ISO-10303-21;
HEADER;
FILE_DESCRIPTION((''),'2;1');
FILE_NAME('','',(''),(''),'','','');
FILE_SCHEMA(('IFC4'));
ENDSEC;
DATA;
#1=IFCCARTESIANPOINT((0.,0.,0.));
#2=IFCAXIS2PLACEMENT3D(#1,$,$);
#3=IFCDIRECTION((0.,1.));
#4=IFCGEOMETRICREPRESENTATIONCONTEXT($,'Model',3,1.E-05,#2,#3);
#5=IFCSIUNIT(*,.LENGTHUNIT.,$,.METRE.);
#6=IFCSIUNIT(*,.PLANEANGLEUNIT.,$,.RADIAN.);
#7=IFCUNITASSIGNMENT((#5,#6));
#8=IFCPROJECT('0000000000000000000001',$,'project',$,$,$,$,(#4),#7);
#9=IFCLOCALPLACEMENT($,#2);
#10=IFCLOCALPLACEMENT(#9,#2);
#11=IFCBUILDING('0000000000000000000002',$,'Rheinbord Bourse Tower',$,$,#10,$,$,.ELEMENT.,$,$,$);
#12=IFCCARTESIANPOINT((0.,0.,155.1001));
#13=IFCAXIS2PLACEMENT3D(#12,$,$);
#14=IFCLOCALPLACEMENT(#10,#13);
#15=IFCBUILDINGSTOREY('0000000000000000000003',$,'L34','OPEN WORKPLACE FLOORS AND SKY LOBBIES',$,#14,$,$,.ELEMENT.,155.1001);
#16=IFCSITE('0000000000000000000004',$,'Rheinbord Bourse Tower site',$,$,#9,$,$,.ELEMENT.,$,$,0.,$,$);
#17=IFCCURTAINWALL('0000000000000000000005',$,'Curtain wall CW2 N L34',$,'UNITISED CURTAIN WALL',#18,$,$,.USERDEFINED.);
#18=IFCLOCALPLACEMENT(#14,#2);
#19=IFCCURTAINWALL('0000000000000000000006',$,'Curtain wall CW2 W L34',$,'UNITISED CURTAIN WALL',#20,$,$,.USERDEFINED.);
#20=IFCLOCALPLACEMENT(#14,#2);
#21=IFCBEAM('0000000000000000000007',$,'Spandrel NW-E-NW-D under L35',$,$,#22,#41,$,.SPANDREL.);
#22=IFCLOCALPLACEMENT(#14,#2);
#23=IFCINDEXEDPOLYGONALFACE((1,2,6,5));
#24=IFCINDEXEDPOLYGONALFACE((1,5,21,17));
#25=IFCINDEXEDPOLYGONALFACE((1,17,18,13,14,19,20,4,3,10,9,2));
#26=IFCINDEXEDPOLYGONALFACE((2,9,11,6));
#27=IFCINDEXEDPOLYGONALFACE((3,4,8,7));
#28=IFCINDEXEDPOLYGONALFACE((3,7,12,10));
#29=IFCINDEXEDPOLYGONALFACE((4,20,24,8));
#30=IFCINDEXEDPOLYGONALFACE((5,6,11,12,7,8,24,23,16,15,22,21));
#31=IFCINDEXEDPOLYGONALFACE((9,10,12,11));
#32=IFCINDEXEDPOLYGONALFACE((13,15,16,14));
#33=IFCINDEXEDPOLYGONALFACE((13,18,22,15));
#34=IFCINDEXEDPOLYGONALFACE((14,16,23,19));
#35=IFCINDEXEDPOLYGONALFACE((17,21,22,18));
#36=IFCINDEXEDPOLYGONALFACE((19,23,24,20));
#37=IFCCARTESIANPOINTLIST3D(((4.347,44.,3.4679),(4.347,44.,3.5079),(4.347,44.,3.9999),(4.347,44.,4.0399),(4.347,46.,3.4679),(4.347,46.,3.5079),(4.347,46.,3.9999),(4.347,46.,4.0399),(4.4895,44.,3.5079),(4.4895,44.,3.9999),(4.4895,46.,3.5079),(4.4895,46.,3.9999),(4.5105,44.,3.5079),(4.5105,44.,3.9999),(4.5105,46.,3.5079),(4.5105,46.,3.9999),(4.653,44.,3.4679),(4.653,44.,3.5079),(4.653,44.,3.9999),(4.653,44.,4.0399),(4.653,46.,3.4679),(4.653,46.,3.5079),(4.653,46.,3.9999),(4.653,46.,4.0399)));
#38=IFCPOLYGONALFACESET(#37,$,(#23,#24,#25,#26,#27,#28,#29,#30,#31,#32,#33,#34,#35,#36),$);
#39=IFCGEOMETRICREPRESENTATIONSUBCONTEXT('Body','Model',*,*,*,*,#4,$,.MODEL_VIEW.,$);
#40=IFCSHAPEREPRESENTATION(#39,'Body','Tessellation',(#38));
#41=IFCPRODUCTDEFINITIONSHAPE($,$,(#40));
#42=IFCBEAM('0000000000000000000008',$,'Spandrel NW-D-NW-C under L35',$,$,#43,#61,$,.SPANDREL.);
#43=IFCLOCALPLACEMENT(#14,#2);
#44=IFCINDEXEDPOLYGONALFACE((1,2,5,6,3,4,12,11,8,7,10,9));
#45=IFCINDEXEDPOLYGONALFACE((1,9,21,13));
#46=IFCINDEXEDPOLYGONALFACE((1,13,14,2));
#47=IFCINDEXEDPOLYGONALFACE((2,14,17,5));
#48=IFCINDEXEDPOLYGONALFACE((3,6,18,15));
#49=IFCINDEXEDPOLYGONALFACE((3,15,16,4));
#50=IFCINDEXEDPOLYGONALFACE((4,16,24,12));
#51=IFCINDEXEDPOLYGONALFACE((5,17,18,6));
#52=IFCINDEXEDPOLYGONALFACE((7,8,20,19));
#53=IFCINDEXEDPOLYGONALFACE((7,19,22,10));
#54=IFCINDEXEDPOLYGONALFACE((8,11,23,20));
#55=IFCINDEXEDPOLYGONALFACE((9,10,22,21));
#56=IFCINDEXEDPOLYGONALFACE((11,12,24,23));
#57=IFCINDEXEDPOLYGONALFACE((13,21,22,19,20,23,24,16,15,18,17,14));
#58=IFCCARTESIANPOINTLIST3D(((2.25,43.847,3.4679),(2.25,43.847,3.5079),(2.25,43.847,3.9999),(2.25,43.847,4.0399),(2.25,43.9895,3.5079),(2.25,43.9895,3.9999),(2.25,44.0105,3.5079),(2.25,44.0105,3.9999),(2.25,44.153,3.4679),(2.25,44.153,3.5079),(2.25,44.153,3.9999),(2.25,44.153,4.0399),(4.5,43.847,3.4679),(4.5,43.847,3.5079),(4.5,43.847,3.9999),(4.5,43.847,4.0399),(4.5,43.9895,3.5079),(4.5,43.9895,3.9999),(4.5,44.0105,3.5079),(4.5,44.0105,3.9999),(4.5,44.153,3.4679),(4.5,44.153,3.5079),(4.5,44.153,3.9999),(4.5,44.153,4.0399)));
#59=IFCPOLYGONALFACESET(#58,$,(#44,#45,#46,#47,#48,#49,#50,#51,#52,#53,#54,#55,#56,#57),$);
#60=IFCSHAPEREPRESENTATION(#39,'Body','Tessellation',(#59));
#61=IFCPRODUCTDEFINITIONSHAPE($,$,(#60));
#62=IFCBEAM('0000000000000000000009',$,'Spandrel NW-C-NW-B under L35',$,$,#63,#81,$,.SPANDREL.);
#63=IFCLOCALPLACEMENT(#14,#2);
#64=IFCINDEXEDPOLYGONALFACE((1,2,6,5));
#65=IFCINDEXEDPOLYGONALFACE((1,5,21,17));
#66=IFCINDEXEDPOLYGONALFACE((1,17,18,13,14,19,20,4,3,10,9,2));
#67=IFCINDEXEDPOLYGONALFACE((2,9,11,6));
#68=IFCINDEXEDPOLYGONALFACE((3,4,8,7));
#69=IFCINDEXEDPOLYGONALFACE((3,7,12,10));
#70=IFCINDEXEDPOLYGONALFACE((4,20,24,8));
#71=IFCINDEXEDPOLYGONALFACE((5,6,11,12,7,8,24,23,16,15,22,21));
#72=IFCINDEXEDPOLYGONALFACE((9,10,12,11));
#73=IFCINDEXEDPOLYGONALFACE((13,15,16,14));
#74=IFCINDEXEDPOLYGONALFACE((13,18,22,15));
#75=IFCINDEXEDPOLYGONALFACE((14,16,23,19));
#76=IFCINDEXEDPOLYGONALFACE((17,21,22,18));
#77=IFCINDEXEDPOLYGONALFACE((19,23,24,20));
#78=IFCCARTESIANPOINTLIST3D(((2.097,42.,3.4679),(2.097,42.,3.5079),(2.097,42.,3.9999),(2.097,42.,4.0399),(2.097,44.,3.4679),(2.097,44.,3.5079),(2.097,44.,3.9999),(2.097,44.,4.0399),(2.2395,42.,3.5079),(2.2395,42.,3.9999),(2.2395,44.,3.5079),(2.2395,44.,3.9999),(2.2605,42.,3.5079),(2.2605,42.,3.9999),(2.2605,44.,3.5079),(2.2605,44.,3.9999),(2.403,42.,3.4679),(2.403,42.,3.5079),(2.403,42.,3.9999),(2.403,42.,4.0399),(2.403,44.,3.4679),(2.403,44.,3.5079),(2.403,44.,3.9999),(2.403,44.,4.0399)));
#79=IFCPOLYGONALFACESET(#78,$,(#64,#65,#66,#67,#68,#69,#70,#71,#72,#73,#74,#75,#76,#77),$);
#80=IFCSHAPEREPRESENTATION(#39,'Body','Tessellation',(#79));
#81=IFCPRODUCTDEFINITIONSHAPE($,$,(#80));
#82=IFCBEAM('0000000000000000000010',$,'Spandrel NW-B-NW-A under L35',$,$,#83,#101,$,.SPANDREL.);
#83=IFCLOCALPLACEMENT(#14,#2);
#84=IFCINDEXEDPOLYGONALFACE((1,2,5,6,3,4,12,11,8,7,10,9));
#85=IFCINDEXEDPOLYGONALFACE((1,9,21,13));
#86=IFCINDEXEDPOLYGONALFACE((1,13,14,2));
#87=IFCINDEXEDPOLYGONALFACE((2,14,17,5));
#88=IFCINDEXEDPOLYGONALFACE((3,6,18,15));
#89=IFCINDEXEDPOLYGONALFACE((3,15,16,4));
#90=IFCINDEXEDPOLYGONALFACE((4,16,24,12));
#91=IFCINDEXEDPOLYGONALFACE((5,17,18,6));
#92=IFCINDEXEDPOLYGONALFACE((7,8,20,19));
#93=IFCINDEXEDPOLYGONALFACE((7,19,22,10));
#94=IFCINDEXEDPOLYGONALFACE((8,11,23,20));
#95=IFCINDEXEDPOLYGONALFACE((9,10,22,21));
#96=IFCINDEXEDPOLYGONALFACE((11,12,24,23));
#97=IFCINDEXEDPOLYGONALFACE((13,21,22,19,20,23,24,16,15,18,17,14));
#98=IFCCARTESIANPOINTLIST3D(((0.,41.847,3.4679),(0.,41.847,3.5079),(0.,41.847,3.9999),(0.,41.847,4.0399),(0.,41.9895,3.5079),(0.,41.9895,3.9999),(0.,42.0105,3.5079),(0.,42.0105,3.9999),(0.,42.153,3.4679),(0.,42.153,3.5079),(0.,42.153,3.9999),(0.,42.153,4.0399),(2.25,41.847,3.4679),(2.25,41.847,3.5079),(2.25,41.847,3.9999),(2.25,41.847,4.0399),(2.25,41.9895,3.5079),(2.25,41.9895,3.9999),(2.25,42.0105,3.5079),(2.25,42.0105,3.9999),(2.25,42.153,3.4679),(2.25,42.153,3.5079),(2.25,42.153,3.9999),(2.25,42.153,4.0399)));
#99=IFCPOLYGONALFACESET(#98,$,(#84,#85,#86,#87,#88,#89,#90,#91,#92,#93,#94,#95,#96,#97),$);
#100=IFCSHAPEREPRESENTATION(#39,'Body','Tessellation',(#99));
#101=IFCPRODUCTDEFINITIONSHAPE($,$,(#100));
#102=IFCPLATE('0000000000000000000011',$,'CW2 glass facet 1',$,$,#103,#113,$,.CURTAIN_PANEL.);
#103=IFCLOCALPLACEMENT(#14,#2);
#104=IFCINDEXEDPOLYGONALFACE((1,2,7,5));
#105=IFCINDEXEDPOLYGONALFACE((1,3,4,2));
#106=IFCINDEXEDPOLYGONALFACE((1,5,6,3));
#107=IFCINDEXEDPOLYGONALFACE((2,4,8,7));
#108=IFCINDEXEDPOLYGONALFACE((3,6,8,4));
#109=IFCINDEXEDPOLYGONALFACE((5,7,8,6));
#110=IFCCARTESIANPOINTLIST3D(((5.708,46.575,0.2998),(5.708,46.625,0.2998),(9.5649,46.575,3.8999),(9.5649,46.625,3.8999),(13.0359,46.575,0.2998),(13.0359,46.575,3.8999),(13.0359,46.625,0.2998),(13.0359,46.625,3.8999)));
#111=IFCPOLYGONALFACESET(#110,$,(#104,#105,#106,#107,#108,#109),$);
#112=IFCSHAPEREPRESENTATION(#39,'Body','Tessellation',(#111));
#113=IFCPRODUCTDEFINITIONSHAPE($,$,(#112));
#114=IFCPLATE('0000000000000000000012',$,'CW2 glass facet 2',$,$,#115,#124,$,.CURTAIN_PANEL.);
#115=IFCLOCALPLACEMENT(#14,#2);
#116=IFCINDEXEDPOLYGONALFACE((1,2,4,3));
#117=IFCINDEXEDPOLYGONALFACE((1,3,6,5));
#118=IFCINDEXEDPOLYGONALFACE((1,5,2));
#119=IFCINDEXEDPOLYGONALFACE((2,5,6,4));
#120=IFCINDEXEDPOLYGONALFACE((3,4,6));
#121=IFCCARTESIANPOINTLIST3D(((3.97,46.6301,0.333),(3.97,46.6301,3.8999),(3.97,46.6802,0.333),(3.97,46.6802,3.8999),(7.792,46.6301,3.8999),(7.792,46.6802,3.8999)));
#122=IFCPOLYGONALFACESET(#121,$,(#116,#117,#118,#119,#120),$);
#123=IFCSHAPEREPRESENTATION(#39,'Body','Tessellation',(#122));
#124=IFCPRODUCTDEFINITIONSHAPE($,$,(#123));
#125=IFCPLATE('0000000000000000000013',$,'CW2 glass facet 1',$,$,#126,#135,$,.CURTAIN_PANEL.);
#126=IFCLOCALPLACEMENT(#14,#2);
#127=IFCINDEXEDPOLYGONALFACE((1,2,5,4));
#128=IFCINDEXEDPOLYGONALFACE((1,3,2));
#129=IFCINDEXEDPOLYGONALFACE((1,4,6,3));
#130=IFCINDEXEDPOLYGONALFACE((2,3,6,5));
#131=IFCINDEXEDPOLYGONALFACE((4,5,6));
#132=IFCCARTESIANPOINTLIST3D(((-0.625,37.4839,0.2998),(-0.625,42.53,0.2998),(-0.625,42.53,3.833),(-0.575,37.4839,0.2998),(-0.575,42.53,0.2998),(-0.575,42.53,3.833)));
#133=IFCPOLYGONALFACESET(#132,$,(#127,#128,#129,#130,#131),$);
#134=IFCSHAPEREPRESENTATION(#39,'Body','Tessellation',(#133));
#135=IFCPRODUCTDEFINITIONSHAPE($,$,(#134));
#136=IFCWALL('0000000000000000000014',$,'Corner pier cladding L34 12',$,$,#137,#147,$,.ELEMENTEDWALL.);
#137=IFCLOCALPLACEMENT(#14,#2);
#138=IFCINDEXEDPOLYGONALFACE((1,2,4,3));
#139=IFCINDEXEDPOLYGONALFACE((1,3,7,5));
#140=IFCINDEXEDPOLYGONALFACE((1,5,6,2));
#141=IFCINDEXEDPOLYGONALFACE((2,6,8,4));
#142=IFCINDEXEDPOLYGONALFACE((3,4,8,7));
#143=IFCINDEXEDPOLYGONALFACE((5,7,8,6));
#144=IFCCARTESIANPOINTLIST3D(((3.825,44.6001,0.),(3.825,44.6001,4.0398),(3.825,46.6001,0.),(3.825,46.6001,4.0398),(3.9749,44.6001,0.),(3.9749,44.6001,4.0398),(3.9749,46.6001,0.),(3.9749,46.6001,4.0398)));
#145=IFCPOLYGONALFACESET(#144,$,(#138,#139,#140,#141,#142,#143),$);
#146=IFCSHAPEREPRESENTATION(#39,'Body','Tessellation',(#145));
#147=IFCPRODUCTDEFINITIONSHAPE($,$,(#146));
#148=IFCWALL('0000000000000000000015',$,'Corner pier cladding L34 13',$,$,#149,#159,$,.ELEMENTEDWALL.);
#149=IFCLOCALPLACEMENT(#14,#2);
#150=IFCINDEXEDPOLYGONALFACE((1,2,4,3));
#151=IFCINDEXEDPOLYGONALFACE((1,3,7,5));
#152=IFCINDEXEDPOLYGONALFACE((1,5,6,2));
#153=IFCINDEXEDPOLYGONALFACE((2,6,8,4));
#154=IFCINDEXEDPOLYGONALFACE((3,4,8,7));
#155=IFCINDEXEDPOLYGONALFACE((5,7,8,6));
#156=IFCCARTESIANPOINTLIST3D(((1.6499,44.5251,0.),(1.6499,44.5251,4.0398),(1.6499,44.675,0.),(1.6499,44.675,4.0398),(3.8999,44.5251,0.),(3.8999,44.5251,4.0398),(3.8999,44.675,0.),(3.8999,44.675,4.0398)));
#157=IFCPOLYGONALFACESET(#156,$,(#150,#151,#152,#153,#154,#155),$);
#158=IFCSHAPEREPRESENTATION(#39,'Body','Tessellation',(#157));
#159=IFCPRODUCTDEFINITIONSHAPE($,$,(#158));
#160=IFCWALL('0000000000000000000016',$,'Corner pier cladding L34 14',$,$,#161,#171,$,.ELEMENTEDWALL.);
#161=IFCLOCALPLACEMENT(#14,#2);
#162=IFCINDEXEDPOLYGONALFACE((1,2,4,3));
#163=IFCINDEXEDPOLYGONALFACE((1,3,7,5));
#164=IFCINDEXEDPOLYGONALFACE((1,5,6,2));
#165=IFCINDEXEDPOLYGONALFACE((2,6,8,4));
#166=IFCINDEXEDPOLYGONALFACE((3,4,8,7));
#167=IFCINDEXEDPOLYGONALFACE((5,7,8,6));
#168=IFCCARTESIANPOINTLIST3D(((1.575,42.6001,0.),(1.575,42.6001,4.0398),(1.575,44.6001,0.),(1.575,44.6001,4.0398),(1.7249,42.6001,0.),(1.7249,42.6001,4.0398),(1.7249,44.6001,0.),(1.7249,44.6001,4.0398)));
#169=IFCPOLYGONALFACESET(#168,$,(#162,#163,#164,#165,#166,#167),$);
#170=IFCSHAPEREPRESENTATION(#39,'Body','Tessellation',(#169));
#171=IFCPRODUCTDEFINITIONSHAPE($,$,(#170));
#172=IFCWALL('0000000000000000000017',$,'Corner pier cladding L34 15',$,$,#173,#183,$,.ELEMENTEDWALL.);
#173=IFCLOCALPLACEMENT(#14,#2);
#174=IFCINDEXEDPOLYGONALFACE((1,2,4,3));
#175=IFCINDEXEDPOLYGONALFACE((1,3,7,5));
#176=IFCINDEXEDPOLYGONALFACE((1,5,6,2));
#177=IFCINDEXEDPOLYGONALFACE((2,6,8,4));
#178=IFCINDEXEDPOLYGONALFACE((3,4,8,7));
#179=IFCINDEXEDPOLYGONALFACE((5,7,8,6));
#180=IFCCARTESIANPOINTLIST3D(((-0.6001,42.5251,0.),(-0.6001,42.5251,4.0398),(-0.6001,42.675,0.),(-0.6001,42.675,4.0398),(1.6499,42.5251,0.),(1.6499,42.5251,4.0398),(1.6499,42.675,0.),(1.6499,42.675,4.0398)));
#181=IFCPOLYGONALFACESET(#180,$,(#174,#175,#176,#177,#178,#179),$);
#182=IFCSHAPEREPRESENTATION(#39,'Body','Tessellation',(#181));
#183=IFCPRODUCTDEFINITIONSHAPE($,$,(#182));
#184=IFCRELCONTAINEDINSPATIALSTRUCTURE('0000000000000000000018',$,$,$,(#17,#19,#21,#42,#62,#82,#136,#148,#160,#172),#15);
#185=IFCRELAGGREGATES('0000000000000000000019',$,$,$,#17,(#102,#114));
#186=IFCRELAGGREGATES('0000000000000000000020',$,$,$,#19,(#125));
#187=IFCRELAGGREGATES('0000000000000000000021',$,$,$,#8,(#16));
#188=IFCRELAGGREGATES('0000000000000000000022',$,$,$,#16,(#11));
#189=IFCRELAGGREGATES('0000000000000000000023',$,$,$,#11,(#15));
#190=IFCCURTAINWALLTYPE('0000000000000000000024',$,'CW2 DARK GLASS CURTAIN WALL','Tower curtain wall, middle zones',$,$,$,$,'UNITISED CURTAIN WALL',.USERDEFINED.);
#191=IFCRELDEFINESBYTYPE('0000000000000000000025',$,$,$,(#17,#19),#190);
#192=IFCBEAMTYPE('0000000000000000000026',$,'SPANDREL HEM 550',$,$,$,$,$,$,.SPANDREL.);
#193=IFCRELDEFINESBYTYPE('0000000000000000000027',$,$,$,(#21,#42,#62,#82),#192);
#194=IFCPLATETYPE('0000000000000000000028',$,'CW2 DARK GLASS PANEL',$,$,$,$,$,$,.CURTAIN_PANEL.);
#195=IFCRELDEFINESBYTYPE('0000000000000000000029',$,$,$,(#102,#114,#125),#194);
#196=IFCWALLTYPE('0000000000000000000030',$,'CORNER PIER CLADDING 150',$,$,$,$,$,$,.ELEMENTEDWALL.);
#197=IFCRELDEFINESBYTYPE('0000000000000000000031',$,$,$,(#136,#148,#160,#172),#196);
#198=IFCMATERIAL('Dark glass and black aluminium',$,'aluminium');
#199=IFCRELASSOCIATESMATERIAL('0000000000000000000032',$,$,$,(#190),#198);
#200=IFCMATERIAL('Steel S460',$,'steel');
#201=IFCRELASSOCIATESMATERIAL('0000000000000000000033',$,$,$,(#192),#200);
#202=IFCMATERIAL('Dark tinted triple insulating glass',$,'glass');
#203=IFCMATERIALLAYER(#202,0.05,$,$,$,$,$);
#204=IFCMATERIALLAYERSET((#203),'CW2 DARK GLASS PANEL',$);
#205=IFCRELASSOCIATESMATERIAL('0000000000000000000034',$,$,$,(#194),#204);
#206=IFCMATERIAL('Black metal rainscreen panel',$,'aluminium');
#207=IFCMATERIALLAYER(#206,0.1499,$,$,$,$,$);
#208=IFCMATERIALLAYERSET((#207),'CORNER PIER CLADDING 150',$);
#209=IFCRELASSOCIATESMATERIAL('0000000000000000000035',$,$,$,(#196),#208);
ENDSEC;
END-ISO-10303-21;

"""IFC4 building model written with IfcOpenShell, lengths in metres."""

from ifc_helpers import new_model, si_unit, direction, frame, frame_2d, origin, origin_2d, place, context, subcontext, project, spatial, polyline, rectangle, i_section, outline, extrude, material, layer, layer_set, material_profile, profile_set, type_object, element, aggregate, save


model = new_model("IFC4")

# Units and contexts
model_context = context("Model", 3, precision=1e-05, world=origin(), true_north=direction((0.0, 1.0)))
body_context = subcontext(model_context, "Body", "Model", "MODEL_VIEW")
ifc_project = project(units=[si_unit("LENGTHUNIT", "METRE"), si_unit("PLANEANGLEUNIT", "RADIAN")], contexts=[model_context])

# Site, building, storey
site_placement = place(None, origin())
site = spatial("IfcSite", under=ifc_project, at=site_placement, Name="Rheinbord Bourse Tower site", CompositionType="ELEMENT", RefElevation=0.0)
building_placement = place(site_placement, origin())
building = spatial("IfcBuilding", under=site, at=building_placement, Name="Rheinbord Bourse Tower", CompositionType="ELEMENT")
storey_placement = place(building_placement, frame((0.0, 0.0, 155.1001)))
storey = spatial("IfcBuildingStorey", under=building, at=storey_placement, Name="L34", Description="OPEN WORKPLACE FLOORS AND SKY LOBBIES", CompositionType="ELEMENT", Elevation=155.1001)

# Curtain wall
ifc_material_1 = material(Name="Dark glass and black aluminium", Category="aluminium")
curtain_wall_type = type_object("IfcCurtainWallType", Name="CW2 DARK GLASS CURTAIN WALL", Description="Tower curtain wall, middle zones", ElementType="UNITISED CURTAIN WALL", PredefinedType="USERDEFINED", material=ifc_material_1)
curtain_wall_1_placement = place(storey_placement, origin())
curtain_wall_1 = element("IfcCurtainWall", 1, at=curtain_wall_1_placement, inside=storey, type_object=curtain_wall_type, Name="Curtain wall CW2 N L34", ObjectType="UNITISED CURTAIN WALL", PredefinedType="USERDEFINED")

# Curtain wall
curtain_wall_2_placement = place(storey_placement, origin())
curtain_wall_2 = element("IfcCurtainWall", 2, at=curtain_wall_2_placement, inside=storey, type_object=curtain_wall_type, Name="Curtain wall CW2 W L34", ObjectType="UNITISED CURTAIN WALL", PredefinedType="USERDEFINED")

# Beams
ifc_material_2 = material(Name="Steel S460", Category="steel")
ifc_material_profile_1 = material_profile(ifc_material_2, i_section(OverallWidth=0.3059, OverallDepth=0.572, WebThickness=0.021, FlangeThickness=0.04, at=origin_2d()), Name="HEM 550")
ifc_profile_set_1 = profile_set([ifc_material_profile_1], Name="Steel S460")
beam_type_1 = type_object("IfcBeamType", Name="SPANDREL HEM 550", PredefinedType="SPANDREL", material=ifc_profile_set_1)
beam_1_placement = place(storey_placement, frame((4.5, 46.0, 3.7539), z_axis=(0.0, -1.0, 0.0), x_axis=(1.0, 0.0, 0.0)))
element("IfcBeam", 3, at=beam_1_placement, inside=storey, type_object=beam_type_1, Name="Spandrel NW-E-NW-D under L35", PredefinedType="SPANDREL", context=body_context, shape_type="SweptSolid", body=[
    extrude(i_section(OverallWidth=0.3059, OverallDepth=0.572, WebThickness=0.021, FlangeThickness=0.04, at=origin_2d()), origin(), (0.0, 0.0, 1.0), 2.0),
])
beam_2_placement = place(storey_placement, frame((4.5, 44.0, 3.7539), z_axis=(-1.0, 0.0, 0.0), x_axis=(0.0, -1.0, 0.0)))
element("IfcBeam", 4, at=beam_2_placement, inside=storey, type_object=beam_type_1, Name="Spandrel NW-D-NW-C under L35", PredefinedType="SPANDREL", context=body_context, shape_type="SweptSolid", body=[
    extrude(i_section(OverallWidth=0.3059, OverallDepth=0.572, WebThickness=0.021, FlangeThickness=0.04, at=origin_2d()), origin(), (0.0, 0.0, 1.0), 2.25),
])
beam_3_placement = place(storey_placement, frame((2.25, 44.0, 3.7539), z_axis=(0.0, -1.0, 0.0), x_axis=(1.0, 0.0, 0.0)))
element("IfcBeam", 5, at=beam_3_placement, inside=storey, type_object=beam_type_1, Name="Spandrel NW-C-NW-B under L35", PredefinedType="SPANDREL", context=body_context, shape_type="SweptSolid", body=[
    extrude(i_section(OverallWidth=0.3059, OverallDepth=0.572, WebThickness=0.021, FlangeThickness=0.04, at=origin_2d()), origin(), (0.0, 0.0, 1.0), 2.0),
])
beam_4_placement = place(storey_placement, frame((2.25, 42.0, 3.7539), z_axis=(-1.0, 0.0, 0.0), x_axis=(0.0, -1.0, 0.0)))
element("IfcBeam", 6, at=beam_4_placement, inside=storey, type_object=beam_type_1, Name="Spandrel NW-B-NW-A under L35", PredefinedType="SPANDREL", context=body_context, shape_type="SweptSolid", body=[
    extrude(i_section(OverallWidth=0.3059, OverallDepth=0.572, WebThickness=0.021, FlangeThickness=0.04, at=origin_2d()), origin(), (0.0, 0.0, 1.0), 2.25),
])

# Plates
ifc_material_3 = material(Name="Dark tinted triple insulating glass", Category="glass")
ifc_layer_1 = layer(ifc_material_3, 0.05)
ifc_layer_set_1 = layer_set([ifc_layer_1], Name="CW2 DARK GLASS PANEL")
plate_type = type_object("IfcPlateType", Name="CW2 DARK GLASS PANEL", PredefinedType="CURTAIN_PANEL", material=ifc_layer_set_1)
plate_1_placement = place(storey_placement, frame((13.0359, 46.625, 0.2998), z_axis=(0.0, -1.0, 0.0), x_axis=(0.0, 0.0, 1.0)))
plate_1 = element("IfcPlate", 7, at=plate_1_placement, type_object=plate_type, Name="CW2 glass facet 1", PredefinedType="CURTAIN_PANEL", context=body_context, shape_type="SweptSolid", body=[
    extrude(outline(polyline([(0.0, 0.0), (3.6001, 0.0), (3.6001, 3.4709), (0.0, 7.3279), (0.0, 0.0)])), origin(), (0.0, 0.0, 1.0), 0.05),
])
plate_2_placement = place(storey_placement, frame((3.97, 46.6802, 3.8999), z_axis=(0.0, -1.0, 0.0), x_axis=(0.0, 0.0, -1.0)))
plate_2 = element("IfcPlate", 8, at=plate_2_placement, type_object=plate_type, Name="CW2 glass facet 2", PredefinedType="CURTAIN_PANEL", context=body_context, shape_type="SweptSolid", body=[
    extrude(outline(polyline([(0.0, 0.0), (3.5669, 0.0), (0.0, 3.822), (0.0, 0.0)])), origin(), (0.0, 0.0, 1.0), 0.05),
])
aggregate(curtain_wall_1, [plate_1, plate_2])
plate_3_placement = place(storey_placement, frame((-0.625, 42.53, 0.2998), z_axis=(1.0, 0.0, 0.0), x_axis=(0.0, 0.0, 1.0)))
plate_3 = element("IfcPlate", 9, at=plate_3_placement, type_object=plate_type, Name="CW2 glass facet 1", PredefinedType="CURTAIN_PANEL", context=body_context, shape_type="SweptSolid", body=[
    extrude(outline(polyline([(0.0, 0.0), (3.5332, 0.0), (0.0, 5.0461), (0.0, 0.0)])), origin(), (0.0, 0.0, 1.0), 0.05),
])
aggregate(curtain_wall_2, [plate_3])

# Walls
ifc_material_4 = material(Name="Black metal rainscreen panel", Category="aluminium")
ifc_layer_2 = layer(ifc_material_4, 0.1499)
ifc_layer_set_2 = layer_set([ifc_layer_2], Name="CORNER PIER CLADDING 150")
wall_type = type_object("IfcWallType", Name="CORNER PIER CLADDING 150", PredefinedType="ELEMENTEDWALL", material=ifc_layer_set_2)
wall_1_placement = place(storey_placement, frame((3.8999, 46.6001, 0.0), z_axis=(0.0, 0.0, 1.0), x_axis=(0.0, -1.0, 0.0)))
element("IfcWall", 10, at=wall_1_placement, inside=storey, type_object=wall_type, Name="Corner pier cladding L34 12", PredefinedType="ELEMENTEDWALL", context=body_context, shape_type="SweptSolid", body=[
    extrude(rectangle(XDim=2.0, YDim=0.1499, at=frame_2d((1.0, 0.0))), origin(), (0.0, 0.0, 1.0), 4.0398),
])
wall_2_placement = place(storey_placement, frame((3.8999, 44.6001, 0.0), z_axis=(0.0, 0.0, 1.0), x_axis=(-1.0, 0.0, 0.0)))
element("IfcWall", 11, at=wall_2_placement, inside=storey, type_object=wall_type, Name="Corner pier cladding L34 13", PredefinedType="ELEMENTEDWALL", context=body_context, shape_type="SweptSolid", body=[
    extrude(rectangle(XDim=2.25, YDim=0.1499, at=frame_2d((1.125, 0.0))), origin(), (0.0, 0.0, 1.0), 4.0398),
])
wall_3_placement = place(storey_placement, frame((1.6499, 44.6001, 0.0), z_axis=(0.0, 0.0, 1.0), x_axis=(0.0, -1.0, 0.0)))
element("IfcWall", 12, at=wall_3_placement, inside=storey, type_object=wall_type, Name="Corner pier cladding L34 14", PredefinedType="ELEMENTEDWALL", context=body_context, shape_type="SweptSolid", body=[
    extrude(rectangle(XDim=2.0, YDim=0.1499, at=frame_2d((1.0, 0.0))), origin(), (0.0, 0.0, 1.0), 4.0398),
])
wall_4_placement = place(storey_placement, frame((1.6499, 42.6001, 0.0), z_axis=(0.0, 0.0, 1.0), x_axis=(-1.0, 0.0, 0.0)))
element("IfcWall", 13, at=wall_4_placement, inside=storey, type_object=wall_type, Name="Corner pier cladding L34 15", PredefinedType="ELEMENTEDWALL", context=body_context, shape_type="SweptSolid", body=[
    extrude(rectangle(XDim=2.25, YDim=0.1499, at=frame_2d((1.125, 0.0))), origin(), (0.0, 0.0, 1.0), 4.0398),
])

save(model, "model.ifc")
